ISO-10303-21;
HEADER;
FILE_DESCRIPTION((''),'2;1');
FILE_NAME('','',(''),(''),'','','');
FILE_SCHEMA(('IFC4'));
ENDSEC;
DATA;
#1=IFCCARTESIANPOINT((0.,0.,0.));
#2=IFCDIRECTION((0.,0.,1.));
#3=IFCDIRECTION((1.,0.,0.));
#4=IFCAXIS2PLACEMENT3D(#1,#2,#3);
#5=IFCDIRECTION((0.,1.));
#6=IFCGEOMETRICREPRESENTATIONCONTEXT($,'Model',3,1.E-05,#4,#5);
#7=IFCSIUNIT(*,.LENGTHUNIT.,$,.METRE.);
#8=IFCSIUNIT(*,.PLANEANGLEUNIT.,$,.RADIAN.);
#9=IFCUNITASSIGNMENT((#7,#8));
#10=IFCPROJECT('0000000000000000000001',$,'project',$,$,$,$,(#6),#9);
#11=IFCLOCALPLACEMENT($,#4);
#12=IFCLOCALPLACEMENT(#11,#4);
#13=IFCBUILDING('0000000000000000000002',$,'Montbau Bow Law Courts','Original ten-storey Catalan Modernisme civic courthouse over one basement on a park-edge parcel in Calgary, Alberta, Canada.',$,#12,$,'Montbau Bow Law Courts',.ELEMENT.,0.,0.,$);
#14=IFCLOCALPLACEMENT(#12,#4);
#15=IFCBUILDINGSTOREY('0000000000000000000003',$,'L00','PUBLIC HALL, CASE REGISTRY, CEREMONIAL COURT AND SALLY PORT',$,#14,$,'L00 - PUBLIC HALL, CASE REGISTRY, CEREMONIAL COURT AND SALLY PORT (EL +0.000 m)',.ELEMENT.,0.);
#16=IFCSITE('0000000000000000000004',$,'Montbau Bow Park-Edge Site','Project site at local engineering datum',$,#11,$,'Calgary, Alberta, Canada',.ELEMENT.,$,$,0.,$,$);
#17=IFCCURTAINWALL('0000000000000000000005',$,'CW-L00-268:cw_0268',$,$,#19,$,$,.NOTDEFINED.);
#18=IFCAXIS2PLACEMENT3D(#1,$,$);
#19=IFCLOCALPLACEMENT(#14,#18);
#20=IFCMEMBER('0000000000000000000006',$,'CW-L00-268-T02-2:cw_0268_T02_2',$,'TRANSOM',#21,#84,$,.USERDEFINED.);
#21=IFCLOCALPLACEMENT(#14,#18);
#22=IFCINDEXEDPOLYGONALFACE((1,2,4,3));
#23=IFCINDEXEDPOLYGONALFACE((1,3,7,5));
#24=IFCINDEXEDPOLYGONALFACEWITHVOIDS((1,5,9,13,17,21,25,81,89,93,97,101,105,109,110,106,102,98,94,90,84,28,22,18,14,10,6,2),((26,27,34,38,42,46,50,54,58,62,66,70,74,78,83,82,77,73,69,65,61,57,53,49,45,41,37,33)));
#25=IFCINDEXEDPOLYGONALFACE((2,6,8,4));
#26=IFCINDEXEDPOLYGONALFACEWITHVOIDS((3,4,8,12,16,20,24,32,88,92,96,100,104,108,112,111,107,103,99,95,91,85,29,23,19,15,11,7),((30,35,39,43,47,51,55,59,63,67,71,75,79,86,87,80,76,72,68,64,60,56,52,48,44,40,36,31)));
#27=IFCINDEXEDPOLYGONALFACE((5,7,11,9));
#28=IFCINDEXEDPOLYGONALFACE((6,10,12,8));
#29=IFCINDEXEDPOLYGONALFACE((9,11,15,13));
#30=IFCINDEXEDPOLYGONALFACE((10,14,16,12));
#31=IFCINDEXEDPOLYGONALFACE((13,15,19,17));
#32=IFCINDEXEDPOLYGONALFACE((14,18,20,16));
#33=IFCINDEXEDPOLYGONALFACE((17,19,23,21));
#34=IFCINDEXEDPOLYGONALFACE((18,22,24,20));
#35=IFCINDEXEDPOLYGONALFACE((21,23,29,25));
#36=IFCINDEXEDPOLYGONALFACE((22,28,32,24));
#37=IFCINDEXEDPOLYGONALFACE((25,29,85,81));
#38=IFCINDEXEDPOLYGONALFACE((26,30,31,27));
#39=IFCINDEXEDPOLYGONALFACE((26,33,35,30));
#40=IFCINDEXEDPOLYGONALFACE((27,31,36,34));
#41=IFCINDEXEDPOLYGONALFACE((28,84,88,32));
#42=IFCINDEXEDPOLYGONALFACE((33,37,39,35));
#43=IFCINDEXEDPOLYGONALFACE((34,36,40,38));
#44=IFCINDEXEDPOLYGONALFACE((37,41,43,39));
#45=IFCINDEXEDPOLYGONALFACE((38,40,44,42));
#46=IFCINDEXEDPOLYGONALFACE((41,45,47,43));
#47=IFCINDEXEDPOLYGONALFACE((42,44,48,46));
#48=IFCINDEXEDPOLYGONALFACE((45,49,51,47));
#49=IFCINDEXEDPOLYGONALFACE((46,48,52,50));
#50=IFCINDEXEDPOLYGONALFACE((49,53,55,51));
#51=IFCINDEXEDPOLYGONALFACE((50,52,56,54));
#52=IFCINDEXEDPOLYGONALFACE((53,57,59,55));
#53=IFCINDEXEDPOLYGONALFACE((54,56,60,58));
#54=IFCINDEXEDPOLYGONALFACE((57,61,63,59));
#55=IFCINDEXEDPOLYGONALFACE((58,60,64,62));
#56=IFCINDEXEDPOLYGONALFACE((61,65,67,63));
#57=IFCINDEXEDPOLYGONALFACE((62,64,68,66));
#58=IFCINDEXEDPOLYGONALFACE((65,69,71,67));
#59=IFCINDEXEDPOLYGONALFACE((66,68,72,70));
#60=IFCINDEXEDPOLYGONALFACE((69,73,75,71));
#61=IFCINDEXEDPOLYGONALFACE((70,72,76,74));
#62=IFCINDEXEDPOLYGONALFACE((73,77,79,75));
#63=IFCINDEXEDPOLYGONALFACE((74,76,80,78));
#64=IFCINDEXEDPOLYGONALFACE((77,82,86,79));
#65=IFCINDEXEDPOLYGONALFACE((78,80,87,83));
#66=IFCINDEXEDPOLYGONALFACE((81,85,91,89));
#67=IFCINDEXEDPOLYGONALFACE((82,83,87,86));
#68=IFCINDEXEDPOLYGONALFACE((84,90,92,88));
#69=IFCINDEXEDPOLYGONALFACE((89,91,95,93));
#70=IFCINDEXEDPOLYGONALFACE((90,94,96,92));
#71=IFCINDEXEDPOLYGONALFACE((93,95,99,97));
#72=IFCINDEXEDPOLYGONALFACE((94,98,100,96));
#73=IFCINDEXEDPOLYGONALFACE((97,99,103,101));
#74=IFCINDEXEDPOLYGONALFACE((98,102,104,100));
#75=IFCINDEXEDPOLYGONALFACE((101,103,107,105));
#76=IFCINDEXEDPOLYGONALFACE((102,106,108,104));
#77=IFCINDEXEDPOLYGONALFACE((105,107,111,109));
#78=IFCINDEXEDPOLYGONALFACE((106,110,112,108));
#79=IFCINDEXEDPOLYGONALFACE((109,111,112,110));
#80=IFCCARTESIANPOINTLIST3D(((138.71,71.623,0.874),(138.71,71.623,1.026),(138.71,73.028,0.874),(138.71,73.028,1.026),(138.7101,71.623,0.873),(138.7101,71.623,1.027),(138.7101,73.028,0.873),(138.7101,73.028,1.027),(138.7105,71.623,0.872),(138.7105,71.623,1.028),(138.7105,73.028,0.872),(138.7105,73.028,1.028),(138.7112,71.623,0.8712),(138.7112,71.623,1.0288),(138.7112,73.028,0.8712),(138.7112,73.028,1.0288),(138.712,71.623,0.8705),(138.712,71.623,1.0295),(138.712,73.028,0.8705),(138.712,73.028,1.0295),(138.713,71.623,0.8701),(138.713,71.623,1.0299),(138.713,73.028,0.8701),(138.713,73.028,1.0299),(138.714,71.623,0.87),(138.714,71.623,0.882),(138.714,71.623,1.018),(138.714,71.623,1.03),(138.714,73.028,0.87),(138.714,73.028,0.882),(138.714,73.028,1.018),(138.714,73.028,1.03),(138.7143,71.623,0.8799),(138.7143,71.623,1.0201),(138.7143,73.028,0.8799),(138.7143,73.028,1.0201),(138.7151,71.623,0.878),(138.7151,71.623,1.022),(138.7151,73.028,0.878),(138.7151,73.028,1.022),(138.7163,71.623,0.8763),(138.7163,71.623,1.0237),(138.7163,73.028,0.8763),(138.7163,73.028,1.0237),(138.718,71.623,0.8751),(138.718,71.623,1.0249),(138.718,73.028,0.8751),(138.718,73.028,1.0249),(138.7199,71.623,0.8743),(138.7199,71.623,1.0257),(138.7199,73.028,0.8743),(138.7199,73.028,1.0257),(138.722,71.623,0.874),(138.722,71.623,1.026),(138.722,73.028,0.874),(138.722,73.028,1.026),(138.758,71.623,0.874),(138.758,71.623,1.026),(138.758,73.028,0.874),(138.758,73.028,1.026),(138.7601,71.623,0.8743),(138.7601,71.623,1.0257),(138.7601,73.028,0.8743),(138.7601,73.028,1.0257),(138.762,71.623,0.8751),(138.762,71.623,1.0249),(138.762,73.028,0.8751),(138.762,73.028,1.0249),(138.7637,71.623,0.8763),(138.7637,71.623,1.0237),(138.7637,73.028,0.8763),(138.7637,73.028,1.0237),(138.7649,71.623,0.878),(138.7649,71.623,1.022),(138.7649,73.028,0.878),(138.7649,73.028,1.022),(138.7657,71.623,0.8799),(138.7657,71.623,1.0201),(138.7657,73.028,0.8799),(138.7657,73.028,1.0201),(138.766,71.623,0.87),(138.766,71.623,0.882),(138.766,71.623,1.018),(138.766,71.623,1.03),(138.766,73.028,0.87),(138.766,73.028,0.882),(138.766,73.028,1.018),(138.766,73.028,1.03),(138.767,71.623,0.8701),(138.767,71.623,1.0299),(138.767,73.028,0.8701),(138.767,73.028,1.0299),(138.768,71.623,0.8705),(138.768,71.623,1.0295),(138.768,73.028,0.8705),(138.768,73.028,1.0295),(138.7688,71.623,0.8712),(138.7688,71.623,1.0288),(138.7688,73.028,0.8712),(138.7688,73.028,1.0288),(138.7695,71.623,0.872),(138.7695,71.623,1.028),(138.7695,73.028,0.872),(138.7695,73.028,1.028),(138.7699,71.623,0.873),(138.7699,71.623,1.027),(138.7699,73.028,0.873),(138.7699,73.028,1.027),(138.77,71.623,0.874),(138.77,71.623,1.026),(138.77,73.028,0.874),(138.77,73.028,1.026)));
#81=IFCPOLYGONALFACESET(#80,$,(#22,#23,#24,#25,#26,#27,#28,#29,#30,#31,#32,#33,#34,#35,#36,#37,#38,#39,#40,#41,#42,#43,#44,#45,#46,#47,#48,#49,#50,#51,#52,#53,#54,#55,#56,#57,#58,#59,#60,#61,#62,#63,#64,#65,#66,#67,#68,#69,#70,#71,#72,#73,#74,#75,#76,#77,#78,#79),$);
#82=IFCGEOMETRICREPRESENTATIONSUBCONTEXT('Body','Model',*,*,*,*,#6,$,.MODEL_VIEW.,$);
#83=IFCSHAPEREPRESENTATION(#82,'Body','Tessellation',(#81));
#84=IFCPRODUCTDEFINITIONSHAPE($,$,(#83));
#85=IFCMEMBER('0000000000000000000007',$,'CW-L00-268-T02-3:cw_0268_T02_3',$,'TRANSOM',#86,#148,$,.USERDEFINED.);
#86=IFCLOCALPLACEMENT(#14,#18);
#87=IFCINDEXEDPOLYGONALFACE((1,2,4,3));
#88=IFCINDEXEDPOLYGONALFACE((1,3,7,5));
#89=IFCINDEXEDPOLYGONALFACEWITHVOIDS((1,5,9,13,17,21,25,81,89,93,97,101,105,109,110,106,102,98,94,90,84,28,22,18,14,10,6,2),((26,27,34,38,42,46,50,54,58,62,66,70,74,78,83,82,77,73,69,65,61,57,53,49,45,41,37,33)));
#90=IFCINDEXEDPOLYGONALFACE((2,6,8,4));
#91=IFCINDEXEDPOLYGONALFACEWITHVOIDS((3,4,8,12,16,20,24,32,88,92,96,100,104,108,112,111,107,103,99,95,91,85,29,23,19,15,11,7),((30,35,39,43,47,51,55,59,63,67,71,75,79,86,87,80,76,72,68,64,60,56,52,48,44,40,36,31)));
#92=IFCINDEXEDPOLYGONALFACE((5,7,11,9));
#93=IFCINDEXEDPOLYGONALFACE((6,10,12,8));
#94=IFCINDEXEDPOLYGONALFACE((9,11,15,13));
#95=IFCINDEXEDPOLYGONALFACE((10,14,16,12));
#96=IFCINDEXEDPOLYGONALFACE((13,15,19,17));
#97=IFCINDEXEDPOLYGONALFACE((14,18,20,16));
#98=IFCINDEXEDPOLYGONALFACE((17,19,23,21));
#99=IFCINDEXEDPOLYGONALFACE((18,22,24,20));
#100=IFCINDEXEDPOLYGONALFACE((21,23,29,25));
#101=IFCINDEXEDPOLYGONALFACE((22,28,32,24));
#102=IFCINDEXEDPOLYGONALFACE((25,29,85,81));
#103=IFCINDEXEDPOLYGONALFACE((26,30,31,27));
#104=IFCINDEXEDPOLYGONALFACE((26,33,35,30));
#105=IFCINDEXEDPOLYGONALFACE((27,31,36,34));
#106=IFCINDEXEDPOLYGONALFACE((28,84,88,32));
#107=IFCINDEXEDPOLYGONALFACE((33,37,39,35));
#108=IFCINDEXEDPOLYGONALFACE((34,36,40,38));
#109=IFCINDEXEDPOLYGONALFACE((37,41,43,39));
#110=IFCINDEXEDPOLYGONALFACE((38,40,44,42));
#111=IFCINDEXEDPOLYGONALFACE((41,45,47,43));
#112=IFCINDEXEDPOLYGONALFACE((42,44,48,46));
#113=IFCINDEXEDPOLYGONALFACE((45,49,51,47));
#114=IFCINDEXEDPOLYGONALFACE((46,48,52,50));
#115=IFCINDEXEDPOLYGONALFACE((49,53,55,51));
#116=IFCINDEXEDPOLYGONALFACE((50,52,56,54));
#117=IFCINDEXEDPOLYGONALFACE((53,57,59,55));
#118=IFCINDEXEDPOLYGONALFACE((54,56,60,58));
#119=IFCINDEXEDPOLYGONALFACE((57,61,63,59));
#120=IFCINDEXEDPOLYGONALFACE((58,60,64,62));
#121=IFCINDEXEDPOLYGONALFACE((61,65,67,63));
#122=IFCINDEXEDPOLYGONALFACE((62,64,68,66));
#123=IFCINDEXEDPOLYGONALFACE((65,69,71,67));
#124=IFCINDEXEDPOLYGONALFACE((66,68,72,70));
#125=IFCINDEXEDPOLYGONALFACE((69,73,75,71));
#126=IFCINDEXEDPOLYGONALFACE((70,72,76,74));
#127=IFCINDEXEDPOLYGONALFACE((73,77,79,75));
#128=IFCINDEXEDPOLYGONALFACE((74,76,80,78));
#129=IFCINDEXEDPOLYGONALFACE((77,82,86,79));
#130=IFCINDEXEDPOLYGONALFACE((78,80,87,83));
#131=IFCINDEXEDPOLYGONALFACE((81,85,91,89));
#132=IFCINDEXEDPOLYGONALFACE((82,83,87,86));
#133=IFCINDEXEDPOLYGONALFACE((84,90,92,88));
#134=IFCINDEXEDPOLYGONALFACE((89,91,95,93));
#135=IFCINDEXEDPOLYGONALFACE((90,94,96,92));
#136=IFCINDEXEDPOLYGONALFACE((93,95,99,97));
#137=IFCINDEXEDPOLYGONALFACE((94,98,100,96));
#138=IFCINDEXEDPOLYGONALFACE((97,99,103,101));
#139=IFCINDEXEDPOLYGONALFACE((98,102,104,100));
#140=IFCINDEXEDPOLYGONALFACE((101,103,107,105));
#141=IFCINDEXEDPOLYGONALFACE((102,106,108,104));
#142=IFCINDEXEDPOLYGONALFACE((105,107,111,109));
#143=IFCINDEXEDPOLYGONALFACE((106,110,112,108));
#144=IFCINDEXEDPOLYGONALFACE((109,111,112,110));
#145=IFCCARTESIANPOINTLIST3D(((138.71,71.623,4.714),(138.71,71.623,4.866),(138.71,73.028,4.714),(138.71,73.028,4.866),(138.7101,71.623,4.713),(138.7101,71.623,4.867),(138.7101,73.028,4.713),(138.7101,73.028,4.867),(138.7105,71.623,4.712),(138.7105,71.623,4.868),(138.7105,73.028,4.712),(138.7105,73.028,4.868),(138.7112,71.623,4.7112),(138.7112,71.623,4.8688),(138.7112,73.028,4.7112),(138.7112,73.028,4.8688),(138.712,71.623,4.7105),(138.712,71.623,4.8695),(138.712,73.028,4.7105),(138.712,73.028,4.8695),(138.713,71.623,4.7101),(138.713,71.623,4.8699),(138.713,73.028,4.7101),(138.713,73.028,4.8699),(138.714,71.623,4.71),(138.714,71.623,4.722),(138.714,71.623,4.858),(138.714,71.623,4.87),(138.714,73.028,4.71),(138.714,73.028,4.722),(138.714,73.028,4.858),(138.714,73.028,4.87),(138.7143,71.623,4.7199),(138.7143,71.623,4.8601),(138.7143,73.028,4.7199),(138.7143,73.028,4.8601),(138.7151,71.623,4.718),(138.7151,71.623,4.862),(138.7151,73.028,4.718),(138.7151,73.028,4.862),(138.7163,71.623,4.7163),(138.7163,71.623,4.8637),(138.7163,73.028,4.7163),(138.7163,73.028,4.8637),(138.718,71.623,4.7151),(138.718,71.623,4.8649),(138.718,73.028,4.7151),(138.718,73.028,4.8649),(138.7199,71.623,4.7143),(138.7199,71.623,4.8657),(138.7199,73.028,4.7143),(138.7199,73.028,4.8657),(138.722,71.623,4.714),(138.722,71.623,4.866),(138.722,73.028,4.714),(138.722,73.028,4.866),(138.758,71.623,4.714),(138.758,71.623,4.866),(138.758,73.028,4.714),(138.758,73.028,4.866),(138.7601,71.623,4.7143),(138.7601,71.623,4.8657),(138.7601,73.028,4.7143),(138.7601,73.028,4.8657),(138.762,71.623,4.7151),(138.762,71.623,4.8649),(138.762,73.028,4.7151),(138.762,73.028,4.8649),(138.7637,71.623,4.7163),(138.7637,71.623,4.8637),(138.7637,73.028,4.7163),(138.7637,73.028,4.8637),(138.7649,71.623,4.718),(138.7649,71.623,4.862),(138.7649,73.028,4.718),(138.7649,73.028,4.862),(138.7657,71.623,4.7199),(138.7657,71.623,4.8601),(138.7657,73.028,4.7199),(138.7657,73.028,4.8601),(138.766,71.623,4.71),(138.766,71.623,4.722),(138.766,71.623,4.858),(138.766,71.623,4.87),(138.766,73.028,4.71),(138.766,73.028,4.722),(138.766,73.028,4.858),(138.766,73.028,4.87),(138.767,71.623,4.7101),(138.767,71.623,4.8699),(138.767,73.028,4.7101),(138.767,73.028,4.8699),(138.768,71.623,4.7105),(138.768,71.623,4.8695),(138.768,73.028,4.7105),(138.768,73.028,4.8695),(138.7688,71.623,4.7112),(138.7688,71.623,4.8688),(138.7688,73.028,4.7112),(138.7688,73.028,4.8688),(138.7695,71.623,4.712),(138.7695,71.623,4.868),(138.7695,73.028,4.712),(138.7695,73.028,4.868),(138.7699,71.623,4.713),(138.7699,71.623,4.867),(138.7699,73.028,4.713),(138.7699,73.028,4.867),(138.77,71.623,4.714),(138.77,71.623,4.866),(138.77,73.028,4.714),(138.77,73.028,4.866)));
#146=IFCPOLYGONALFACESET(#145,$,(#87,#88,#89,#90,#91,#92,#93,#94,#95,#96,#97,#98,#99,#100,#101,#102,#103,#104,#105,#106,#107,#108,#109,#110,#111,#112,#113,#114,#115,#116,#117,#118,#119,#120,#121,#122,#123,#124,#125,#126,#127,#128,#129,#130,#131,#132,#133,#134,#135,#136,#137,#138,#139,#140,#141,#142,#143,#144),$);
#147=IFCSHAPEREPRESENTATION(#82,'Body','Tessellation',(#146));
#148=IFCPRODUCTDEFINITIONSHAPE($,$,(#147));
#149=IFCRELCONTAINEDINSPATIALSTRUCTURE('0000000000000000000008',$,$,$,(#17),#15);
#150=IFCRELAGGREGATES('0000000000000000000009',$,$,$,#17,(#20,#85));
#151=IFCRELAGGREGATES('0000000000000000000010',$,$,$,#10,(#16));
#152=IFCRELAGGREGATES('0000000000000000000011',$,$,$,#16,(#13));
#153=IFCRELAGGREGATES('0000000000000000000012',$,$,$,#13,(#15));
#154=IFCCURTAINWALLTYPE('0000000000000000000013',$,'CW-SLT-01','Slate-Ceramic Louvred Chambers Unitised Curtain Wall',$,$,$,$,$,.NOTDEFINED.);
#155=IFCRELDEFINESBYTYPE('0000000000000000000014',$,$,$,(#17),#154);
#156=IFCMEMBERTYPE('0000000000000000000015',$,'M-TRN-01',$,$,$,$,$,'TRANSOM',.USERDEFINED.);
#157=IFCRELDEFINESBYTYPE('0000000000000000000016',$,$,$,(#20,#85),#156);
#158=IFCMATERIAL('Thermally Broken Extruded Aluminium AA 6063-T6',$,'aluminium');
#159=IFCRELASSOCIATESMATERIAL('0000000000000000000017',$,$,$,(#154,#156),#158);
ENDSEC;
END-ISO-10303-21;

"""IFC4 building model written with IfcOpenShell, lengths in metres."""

from ifc_helpers import new_model, si_unit, direction, frame, origin_with_axes, origin_2d_with_axis, place, context, subcontext, project, spatial, hollow_rectangle, extrude, material, material_profile, profile_set, type_object, element, aggregate, save


model = new_model("IFC4")

# Units and contexts
model_context = context("Model", 3, precision=1e-05, world=origin_with_axes(), true_north=direction((0.0, 1.0)))
body_context = subcontext(model_context, "Body", "Model", "MODEL_VIEW")
ifc_project = project(units=[si_unit("LENGTHUNIT", "METRE"), si_unit("PLANEANGLEUNIT", "RADIAN")], contexts=[model_context])

# Site, building, storey
site_placement = place(None, origin_with_axes())
site = spatial("IfcSite", under=ifc_project, at=site_placement, Name="Montbau Bow Park-Edge Site", Description="Project site at local engineering datum", LongName="Calgary, Alberta, Canada", CompositionType="ELEMENT", RefElevation=0.0)
building_placement = place(site_placement, origin_with_axes())
building = spatial("IfcBuilding", under=site, at=building_placement, Name="Montbau Bow Law Courts", Description="Original ten-storey Catalan Modernisme civic courthouse over one basement on a park-edge parcel in Calgary, Alberta, Canada.", LongName="Montbau Bow Law Courts", CompositionType="ELEMENT", ElevationOfRefHeight=0.0, ElevationOfTerrain=0.0)
storey_placement = place(building_placement, origin_with_axes())
storey = spatial("IfcBuildingStorey", under=building, at=storey_placement, Name="L00", Description="PUBLIC HALL, CASE REGISTRY, CEREMONIAL COURT AND SALLY PORT", LongName="L00 - PUBLIC HALL, CASE REGISTRY, CEREMONIAL COURT AND SALLY PORT (EL +0.000 m)", CompositionType="ELEMENT", Elevation=0.0)

# Curtain wall, members
ifc_material_1 = material(Name="Thermally Broken Extruded Aluminium AA 6063-T6", Category="aluminium")
curtain_wall_type = type_object("IfcCurtainWallType", Name="CW-SLT-01", Description="Slate-Ceramic Louvred Chambers Unitised Curtain Wall", PredefinedType="NOTDEFINED", material=ifc_material_1)
curtain_wall_placement = place(None, frame((138.74, 70.115, 0.0), z_axis=(0.0, 0.0, 1.0), x_axis=(1.0, 0.0, 0.0)))
curtain_wall = element("IfcCurtainWall", 1, at=curtain_wall_placement, inside=storey, type_object=curtain_wall_type, Name="CW-L00-268:cw_0268", PredefinedType="NOTDEFINED")
ifc_material_profile_1 = material_profile(ifc_material_1, hollow_rectangle(XDim=0.06, YDim=0.16, WallThickness=0.004, InnerFilletRadius=0.008, OuterFilletRadius=0.004, at=origin_2d_with_axis()), Name="CWT-160X60", Category="Main", Priority=0)
ifc_profile_set_1 = profile_set([ifc_material_profile_1], Name="Thermally Broken Extruded Aluminium AA 6063-T6")
member_type_1 = type_object("IfcMemberType", Name="M-TRN-01", ElementType="TRANSOM", PredefinedType="USERDEFINED", material=ifc_profile_set_1)
member_1_placement = place(None, frame((138.74, 71.623, 0.95), z_axis=(0.0, 1.0, 0.0), x_axis=(-1.0, 0.0, 0.0)))
member_1 = element("IfcMember", 2, at=member_1_placement, type_object=member_type_1, Name="CW-L00-268-T02-2:cw_0268_T02_2", ObjectType="TRANSOM", PredefinedType="USERDEFINED", context=body_context, shape_type="SweptSolid", body=[
    extrude(hollow_rectangle(XDim=0.06, YDim=0.16, WallThickness=0.004, InnerFilletRadius=0.008, OuterFilletRadius=0.004, at=origin_2d_with_axis()), origin_with_axes(), (0.0, 0.0, 1.0), 1.405),
])
member_2_placement = place(None, frame((138.74, 71.623, 4.79), z_axis=(0.0, 1.0, 0.0), x_axis=(-1.0, 0.0, 0.0)))
member_2 = element("IfcMember", 3, at=member_2_placement, type_object=member_type_1, Name="CW-L00-268-T02-3:cw_0268_T02_3", ObjectType="TRANSOM", PredefinedType="USERDEFINED", context=body_context, shape_type="SweptSolid", body=[
    extrude(hollow_rectangle(XDim=0.06, YDim=0.16, WallThickness=0.004, InnerFilletRadius=0.008, OuterFilletRadius=0.004, at=origin_2d_with_axis()), origin_with_axes(), (0.0, 0.0, 1.0), 1.405),
])
aggregate(curtain_wall, [member_1, member_2])

save(model, "model.ifc")
